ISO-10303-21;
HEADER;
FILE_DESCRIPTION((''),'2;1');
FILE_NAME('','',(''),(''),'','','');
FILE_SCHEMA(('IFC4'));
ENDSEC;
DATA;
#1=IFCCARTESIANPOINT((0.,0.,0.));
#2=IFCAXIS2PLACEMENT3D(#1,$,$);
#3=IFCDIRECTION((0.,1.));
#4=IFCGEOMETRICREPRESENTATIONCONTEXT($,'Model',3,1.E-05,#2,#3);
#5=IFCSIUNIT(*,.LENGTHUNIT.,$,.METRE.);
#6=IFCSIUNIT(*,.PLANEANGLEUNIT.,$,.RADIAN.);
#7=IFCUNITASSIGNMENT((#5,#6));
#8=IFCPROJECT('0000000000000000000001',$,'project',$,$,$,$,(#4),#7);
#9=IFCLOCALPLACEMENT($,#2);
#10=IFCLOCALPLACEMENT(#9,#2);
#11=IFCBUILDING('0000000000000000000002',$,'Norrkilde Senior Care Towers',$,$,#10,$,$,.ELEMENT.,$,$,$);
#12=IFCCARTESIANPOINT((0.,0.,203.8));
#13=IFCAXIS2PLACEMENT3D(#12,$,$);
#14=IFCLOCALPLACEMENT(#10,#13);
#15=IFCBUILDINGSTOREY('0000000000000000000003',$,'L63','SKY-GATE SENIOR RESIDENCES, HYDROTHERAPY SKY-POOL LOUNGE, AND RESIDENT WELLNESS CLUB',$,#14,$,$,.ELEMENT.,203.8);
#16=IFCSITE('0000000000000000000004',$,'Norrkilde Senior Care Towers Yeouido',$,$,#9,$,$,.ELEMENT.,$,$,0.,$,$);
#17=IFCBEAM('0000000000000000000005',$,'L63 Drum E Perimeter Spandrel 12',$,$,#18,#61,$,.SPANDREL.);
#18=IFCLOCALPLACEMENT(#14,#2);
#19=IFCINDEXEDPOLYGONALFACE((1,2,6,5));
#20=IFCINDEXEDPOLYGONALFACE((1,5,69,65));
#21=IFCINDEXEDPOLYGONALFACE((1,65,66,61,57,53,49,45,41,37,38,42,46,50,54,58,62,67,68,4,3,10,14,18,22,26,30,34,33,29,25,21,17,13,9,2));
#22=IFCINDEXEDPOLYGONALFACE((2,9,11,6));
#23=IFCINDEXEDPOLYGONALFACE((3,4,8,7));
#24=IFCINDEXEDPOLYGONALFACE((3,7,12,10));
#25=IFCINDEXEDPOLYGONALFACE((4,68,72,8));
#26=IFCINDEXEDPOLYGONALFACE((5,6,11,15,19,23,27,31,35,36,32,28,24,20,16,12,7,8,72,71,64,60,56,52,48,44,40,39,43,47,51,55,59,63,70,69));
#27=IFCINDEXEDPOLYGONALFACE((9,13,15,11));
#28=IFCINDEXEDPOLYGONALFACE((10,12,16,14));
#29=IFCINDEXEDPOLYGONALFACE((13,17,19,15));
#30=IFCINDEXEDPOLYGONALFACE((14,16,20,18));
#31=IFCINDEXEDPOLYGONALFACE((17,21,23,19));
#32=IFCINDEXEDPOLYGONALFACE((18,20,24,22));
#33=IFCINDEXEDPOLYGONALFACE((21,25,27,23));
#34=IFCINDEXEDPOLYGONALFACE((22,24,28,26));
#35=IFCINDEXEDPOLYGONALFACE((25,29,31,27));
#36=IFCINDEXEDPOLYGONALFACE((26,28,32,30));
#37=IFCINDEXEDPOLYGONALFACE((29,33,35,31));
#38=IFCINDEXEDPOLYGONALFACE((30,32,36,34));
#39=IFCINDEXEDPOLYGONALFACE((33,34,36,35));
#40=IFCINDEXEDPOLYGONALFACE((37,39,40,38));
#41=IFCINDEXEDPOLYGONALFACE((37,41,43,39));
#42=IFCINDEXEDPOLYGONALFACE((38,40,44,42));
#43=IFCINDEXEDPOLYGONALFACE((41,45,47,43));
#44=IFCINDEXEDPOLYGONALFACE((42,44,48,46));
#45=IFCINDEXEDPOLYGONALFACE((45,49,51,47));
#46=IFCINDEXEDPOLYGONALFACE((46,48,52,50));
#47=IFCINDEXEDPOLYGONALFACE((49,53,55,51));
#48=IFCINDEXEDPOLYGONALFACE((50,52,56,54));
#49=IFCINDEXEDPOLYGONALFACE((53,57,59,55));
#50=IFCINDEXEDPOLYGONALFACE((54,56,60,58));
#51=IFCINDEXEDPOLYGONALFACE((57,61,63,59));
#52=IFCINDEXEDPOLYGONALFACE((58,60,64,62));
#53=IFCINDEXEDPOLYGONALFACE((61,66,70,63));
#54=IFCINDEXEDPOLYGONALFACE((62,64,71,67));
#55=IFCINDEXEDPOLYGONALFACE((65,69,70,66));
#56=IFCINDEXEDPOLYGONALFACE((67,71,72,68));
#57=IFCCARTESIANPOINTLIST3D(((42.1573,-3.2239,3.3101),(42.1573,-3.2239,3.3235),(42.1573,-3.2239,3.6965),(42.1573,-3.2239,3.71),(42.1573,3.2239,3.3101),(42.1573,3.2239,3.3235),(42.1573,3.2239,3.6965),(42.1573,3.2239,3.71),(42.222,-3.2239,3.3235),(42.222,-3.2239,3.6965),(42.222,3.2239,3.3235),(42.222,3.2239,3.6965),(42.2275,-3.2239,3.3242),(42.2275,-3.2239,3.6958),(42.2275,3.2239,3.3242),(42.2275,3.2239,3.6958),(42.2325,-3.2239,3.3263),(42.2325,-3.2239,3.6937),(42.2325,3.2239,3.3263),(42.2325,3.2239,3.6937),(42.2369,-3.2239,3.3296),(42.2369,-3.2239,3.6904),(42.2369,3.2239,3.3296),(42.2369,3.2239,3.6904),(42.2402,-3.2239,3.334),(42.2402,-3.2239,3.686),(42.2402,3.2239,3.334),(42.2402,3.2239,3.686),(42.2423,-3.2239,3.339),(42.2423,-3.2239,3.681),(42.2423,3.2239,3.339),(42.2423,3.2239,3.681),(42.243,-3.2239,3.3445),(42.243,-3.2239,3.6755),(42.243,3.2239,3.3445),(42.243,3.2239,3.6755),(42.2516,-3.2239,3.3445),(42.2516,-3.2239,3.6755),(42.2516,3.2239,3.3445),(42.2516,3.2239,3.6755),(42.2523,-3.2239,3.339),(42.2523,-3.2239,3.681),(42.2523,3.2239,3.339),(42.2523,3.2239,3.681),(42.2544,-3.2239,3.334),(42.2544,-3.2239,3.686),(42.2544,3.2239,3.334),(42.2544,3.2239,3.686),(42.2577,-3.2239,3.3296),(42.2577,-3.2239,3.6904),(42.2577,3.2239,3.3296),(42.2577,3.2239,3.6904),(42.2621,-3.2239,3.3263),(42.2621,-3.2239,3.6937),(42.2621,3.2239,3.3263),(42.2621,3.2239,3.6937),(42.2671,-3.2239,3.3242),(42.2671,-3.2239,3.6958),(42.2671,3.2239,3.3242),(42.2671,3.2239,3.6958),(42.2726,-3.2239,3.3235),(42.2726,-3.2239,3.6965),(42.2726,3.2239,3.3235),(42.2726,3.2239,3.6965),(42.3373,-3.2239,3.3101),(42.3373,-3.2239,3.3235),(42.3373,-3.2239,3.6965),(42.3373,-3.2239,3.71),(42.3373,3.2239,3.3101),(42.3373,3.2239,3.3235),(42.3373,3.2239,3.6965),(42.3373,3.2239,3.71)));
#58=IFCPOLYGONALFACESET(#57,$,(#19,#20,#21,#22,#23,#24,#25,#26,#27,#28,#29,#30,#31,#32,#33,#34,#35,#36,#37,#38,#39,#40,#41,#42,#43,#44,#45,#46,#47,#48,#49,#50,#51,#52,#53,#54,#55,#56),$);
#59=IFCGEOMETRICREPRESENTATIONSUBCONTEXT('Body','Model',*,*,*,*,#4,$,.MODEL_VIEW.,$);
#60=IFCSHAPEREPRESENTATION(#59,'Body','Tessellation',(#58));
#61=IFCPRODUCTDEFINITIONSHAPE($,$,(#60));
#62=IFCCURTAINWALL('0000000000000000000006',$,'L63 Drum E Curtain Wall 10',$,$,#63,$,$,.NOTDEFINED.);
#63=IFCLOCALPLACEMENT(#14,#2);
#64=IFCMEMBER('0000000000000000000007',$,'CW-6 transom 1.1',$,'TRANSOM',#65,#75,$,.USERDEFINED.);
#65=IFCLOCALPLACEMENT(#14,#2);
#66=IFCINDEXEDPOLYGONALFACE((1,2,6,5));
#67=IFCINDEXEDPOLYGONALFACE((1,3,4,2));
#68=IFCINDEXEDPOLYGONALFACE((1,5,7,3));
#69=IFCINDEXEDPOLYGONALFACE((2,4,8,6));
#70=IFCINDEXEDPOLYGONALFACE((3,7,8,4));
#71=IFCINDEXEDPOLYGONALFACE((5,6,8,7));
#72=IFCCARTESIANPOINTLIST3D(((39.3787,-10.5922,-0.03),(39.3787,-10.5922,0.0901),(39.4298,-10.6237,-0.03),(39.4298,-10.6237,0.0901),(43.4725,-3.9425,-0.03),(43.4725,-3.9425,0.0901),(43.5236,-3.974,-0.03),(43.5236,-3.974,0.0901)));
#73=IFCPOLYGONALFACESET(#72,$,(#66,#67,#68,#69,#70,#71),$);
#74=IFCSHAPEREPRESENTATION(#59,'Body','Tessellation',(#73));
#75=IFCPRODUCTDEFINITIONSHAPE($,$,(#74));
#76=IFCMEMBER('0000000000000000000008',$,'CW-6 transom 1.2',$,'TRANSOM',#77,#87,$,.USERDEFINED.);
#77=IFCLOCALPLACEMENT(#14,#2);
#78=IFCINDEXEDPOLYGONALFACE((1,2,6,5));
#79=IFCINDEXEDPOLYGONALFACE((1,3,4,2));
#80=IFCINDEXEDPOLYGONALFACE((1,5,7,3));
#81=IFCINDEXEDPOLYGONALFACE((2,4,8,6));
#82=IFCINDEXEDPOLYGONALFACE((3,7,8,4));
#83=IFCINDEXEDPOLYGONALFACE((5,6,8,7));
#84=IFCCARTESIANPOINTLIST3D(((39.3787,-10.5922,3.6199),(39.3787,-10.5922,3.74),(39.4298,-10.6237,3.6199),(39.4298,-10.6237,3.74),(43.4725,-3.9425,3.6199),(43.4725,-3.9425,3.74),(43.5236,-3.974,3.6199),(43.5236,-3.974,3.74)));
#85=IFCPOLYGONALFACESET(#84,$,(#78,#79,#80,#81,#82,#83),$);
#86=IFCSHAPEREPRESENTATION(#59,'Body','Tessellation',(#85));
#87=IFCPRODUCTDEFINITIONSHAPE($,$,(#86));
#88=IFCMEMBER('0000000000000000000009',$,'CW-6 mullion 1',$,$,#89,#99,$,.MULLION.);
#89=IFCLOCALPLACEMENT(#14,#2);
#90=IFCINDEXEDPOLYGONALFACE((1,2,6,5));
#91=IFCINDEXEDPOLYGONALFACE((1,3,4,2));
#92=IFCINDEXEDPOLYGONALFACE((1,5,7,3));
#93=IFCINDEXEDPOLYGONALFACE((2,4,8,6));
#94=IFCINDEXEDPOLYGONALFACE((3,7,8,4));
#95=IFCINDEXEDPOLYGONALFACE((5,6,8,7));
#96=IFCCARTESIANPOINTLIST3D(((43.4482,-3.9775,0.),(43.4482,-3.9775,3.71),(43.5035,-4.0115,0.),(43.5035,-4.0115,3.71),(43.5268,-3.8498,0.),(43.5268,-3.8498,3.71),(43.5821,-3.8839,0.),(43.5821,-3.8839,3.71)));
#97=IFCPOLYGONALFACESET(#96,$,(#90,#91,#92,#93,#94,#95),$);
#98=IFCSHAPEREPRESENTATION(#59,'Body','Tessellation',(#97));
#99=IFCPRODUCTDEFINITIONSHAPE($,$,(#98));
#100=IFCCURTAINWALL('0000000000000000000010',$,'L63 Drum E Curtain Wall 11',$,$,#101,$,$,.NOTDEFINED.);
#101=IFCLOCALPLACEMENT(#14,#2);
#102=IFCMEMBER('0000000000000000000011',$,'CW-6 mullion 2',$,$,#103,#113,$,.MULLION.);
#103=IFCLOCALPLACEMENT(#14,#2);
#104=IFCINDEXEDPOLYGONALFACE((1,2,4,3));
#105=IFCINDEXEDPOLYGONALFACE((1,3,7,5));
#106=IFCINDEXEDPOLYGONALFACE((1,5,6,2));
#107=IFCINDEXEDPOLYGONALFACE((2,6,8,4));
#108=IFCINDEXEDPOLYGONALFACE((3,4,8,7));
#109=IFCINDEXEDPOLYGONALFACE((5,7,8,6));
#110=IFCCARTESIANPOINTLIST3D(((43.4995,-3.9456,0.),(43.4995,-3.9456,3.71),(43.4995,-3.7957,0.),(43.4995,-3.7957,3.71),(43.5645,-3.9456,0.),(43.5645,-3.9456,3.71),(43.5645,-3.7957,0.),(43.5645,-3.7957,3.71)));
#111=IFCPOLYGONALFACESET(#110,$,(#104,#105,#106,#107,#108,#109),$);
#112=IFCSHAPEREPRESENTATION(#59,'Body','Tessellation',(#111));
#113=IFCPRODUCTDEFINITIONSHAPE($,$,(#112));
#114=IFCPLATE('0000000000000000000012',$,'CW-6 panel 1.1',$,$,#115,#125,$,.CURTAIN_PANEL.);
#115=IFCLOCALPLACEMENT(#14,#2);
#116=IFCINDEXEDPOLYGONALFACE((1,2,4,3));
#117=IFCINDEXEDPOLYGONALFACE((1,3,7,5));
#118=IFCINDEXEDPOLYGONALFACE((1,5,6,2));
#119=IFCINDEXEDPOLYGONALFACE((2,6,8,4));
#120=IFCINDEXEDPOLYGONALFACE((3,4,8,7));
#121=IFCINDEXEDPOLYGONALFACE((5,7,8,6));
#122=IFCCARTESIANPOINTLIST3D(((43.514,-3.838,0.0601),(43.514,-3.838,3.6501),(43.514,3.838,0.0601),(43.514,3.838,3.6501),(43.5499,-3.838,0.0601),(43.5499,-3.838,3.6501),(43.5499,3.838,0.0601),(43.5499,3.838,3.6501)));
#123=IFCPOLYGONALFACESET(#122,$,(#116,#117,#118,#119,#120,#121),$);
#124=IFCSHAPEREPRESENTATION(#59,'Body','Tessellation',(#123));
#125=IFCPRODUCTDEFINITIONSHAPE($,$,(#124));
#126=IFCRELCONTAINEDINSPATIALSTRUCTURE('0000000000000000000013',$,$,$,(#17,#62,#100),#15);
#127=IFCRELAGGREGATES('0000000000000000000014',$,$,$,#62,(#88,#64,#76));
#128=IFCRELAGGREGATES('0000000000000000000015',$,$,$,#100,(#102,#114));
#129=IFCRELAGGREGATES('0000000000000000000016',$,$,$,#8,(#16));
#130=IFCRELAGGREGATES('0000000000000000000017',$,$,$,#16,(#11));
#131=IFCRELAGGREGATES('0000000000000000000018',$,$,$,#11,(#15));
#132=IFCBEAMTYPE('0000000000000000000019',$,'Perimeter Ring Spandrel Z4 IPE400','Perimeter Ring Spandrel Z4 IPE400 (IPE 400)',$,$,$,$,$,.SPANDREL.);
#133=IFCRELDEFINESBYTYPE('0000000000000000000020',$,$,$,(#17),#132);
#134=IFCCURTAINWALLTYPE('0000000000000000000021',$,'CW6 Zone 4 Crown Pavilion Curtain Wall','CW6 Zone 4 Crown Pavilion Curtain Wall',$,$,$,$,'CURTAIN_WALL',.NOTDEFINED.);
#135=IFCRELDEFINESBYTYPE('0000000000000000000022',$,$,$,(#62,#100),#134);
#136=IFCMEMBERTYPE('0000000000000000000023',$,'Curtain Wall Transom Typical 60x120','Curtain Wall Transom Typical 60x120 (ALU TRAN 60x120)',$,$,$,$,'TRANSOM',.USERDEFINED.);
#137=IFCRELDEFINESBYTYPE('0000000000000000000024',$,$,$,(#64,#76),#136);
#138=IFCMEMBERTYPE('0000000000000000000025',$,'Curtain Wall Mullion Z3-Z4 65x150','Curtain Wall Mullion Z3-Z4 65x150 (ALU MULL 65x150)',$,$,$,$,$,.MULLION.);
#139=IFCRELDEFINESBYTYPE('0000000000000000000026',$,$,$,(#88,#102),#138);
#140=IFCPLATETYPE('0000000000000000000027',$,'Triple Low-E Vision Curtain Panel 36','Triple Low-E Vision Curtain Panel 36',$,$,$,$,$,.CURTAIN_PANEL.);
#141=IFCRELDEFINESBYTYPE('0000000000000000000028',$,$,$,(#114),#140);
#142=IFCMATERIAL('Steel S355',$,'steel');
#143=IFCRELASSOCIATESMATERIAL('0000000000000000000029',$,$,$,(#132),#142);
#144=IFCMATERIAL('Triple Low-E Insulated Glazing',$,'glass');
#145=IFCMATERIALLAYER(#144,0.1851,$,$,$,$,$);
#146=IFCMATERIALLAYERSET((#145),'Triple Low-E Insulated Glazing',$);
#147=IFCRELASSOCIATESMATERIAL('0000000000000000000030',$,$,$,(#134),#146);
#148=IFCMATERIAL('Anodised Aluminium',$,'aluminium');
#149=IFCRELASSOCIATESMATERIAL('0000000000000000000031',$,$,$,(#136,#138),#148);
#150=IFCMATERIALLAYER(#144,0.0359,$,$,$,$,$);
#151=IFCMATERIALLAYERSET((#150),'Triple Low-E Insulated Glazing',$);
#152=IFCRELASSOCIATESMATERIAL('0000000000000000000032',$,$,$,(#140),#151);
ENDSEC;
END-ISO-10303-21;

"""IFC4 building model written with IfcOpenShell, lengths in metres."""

from ifc_helpers import new_model, si_unit, direction, frame, origin, origin_2d, place, context, subcontext, project, spatial, rectangle, i_section, extrude, source, transform, mapped, material, layer, layer_set, material_profile, profile_set, type_object, type_shapes, element, aggregate, save


model = new_model("IFC4")

# Units and contexts
model_context = context("Model", 3, precision=1e-05, world=origin(), true_north=direction((0.0, 1.0)))
body_context = subcontext(model_context, "Body", "Model", "MODEL_VIEW")
ifc_project = project(units=[si_unit("LENGTHUNIT", "METRE"), si_unit("PLANEANGLEUNIT", "RADIAN")], contexts=[model_context])

# Site, building, storey
site_placement = place(None, origin())
site = spatial("IfcSite", under=ifc_project, at=site_placement, Name="Norrkilde Senior Care Towers Yeouido", CompositionType="ELEMENT", RefElevation=0.0)
building_placement = place(site_placement, origin())
building = spatial("IfcBuilding", under=site, at=building_placement, Name="Norrkilde Senior Care Towers", CompositionType="ELEMENT")
storey_placement = place(building_placement, frame((0.0, 0.0, 203.8)))
storey = spatial("IfcBuildingStorey", under=building, at=storey_placement, Name="L63", Description="SKY-GATE SENIOR RESIDENCES, HYDROTHERAPY SKY-POOL LOUNGE, AND RESIDENT WELLNESS CLUB", CompositionType="ELEMENT", Elevation=203.8)

# Beam
ifc_material_1 = material(Name="Steel S355", Category="steel")
ifc_material_profile_1 = material_profile(ifc_material_1, i_section(OverallWidth=0.1799, OverallDepth=0.3999, WebThickness=0.0085, FlangeThickness=0.0134, FilletRadius=0.021, at=origin_2d()), Name="IPE 400")
ifc_profile_set_1 = profile_set([ifc_material_profile_1], Name="Steel S355")
beam_type_1 = type_object("IfcBeamType", Name="Perimeter Ring Spandrel Z4 IPE400", Description="Perimeter Ring Spandrel Z4 IPE400 (IPE 400)", PredefinedType="SPANDREL", material=ifc_profile_set_1)
shared_shape_1 = source(origin(), body_context, "Body", "SweptSolid", [
    extrude(i_section(OverallWidth=0.1799, OverallDepth=0.3999, WebThickness=0.0085, FlangeThickness=0.0134, FilletRadius=0.021, at=origin_2d()), origin(), (0.0, 0.0, 1.0), 6.4478),
])
type_shapes(beam_type_1, [shared_shape_1])
beam_1_placement = place(storey_placement, frame((42.2473, -3.2239, 3.51), z_axis=(0.0, 1.0, 0.0), x_axis=(-1.0, 0.0, 0.0)))
element("IfcBeam", 1, at=beam_1_placement, inside=storey, type_object=beam_type_1, Name="L63 Drum E Perimeter Spandrel 12", PredefinedType="SPANDREL", context=body_context, shape_type="MappedRepresentation", body=[
    mapped(shared_shape_1, transform((0.0, 0.0, 0.0), x_axis=(1.0, 0.0, 0.0), y_axis=(0.0, 1.0, 0.0), z_axis=(0.0, 0.0, 1.0), scale=1.0)),
])

# Curtain wall, members
ifc_material_2 = material(Name="Triple Low-E Insulated Glazing", Category="glass")
ifc_layer_1 = layer(ifc_material_2, 0.1851)
ifc_layer_set_1 = layer_set([ifc_layer_1], Name="Triple Low-E Insulated Glazing")
curtain_wall_type = type_object("IfcCurtainWallType", Name="CW6 Zone 4 Crown Pavilion Curtain Wall", Description="CW6 Zone 4 Crown Pavilion Curtain Wall", ElementType="CURTAIN_WALL", PredefinedType="NOTDEFINED", material=ifc_layer_set_1)
curtain_wall_1_placement = place(storey_placement, origin())
curtain_wall_1 = element("IfcCurtainWall", 2, at=curtain_wall_1_placement, inside=storey, type_object=curtain_wall_type, Name="L63 Drum E Curtain Wall 10", PredefinedType="NOTDEFINED")
ifc_material_3 = material(Name="Anodised Aluminium", Category="aluminium")
ifc_material_profile_2 = material_profile(ifc_material_3, rectangle(XDim=0.0601, YDim=0.1201, at=origin_2d()), Name="ALU TRAN 60x120")
ifc_profile_set_2 = profile_set([ifc_material_profile_2], Name="Anodised Aluminium")
member_type_1 = type_object("IfcMemberType", Name="Curtain Wall Transom Typical 60x120", Description="Curtain Wall Transom Typical 60x120 (ALU TRAN 60x120)", ElementType="TRANSOM", PredefinedType="USERDEFINED", material=ifc_profile_set_2)
shared_shape_2 = source(origin(), body_context, "Body", "SweptSolid", [
    extrude(rectangle(XDim=0.0601, YDim=0.1201, at=origin_2d()), origin(), (0.0, 0.0, 1.0), 7.8088),
])
type_shapes(member_type_1, [shared_shape_2])
member_1_placement = place(storey_placement, frame((43.498, -3.9583, 0.03), z_axis=(-0.524251, -0.851564, 0.0), x_axis=(0.851564, -0.524251, 0.0)))
member_1 = element("IfcMember", 3, at=member_1_placement, type_object=member_type_1, Name="CW-6 transom 1.1", ObjectType="TRANSOM", PredefinedType="USERDEFINED", context=body_context, shape_type="MappedRepresentation", body=[
    mapped(shared_shape_2, transform((0.0, 0.0, 0.0), x_axis=(1.0, 0.0, 0.0), y_axis=(0.0, 1.0, 0.0), z_axis=(0.0, 0.0, 1.0), scale=1.0)),
])
member_2_placement = place(storey_placement, frame((43.498, -3.9583, 3.6799), z_axis=(-0.524251, -0.851564, 0.0), x_axis=(0.851564, -0.524251, 0.0)))
member_2 = element("IfcMember", 4, at=member_2_placement, type_object=member_type_1, Name="CW-6 transom 1.2", ObjectType="TRANSOM", PredefinedType="USERDEFINED", context=body_context, shape_type="MappedRepresentation", body=[
    mapped(shared_shape_2, transform((0.0, 0.0, 0.0), x_axis=(1.0, 0.0, 0.0), y_axis=(0.0, 1.0, 0.0), z_axis=(0.0, 0.0, 1.0), scale=1.0)),
])
ifc_material_profile_3 = material_profile(ifc_material_3, rectangle(XDim=0.0649, YDim=0.1499, at=origin_2d()), Name="ALU MULL 65x150")
ifc_profile_set_3 = profile_set([ifc_material_profile_3], Name="Anodised Aluminium")
member_type_2 = type_object("IfcMemberType", Name="Curtain Wall Mullion Z3-Z4 65x150", Description="Curtain Wall Mullion Z3-Z4 65x150 (ALU MULL 65x150)", PredefinedType="MULLION", material=ifc_profile_set_3)
shared_shape_3 = source(origin(), body_context, "Body", "SweptSolid", [
    extrude(rectangle(XDim=0.0649, YDim=0.1499, at=origin_2d()), origin(), (0.0, 0.0, 1.0), 3.71),
])
type_shapes(member_type_2, [shared_shape_3])
member_3_placement = place(storey_placement, frame((43.5151, -3.9307, 0.0), z_axis=(0.0, 0.0, 1.0), x_axis=(0.851563, -0.524253, 0.0)))
member_3 = element("IfcMember", 5, at=member_3_placement, type_object=member_type_2, Name="CW-6 mullion 1", PredefinedType="MULLION", context=body_context, shape_type="MappedRepresentation", body=[
    mapped(shared_shape_3, transform((0.0, 0.0, 0.0), x_axis=(1.0, 0.0, 0.0), y_axis=(0.0, 1.0, 0.0), z_axis=(0.0, 0.0, 1.0), scale=1.0)),
])
aggregate(curtain_wall_1, [member_3, member_1, member_2])

# Curtain wall, member, plate
curtain_wall_2_placement = place(storey_placement, origin())
curtain_wall_2 = element("IfcCurtainWall", 6, at=curtain_wall_2_placement, inside=storey, type_object=curtain_wall_type, Name="L63 Drum E Curtain Wall 11", PredefinedType="NOTDEFINED")
member_4_placement = place(storey_placement, frame((43.532, -3.8706, 0.0), z_axis=(0.0, 0.0, 1.0), x_axis=(1.0, 0.0, 0.0)))
member_4 = element("IfcMember", 7, at=member_4_placement, type_object=member_type_2, Name="CW-6 mullion 2", PredefinedType="MULLION", context=body_context, shape_type="MappedRepresentation", body=[
    mapped(shared_shape_3, transform((0.0, 0.0, 0.0), x_axis=(1.0, 0.0, 0.0), y_axis=(0.0, 1.0, 0.0), z_axis=(0.0, 0.0, 1.0), scale=1.0)),
])
ifc_layer_2 = layer(ifc_material_2, 0.0359)
ifc_layer_set_2 = layer_set([ifc_layer_2], Name="Triple Low-E Insulated Glazing")
plate_type = type_object("IfcPlateType", Name="Triple Low-E Vision Curtain Panel 36", Description="Triple Low-E Vision Curtain Panel 36", PredefinedType="CURTAIN_PANEL", material=ifc_layer_set_2)
shared_shape_4 = source(origin(), body_context, "Body", "SweptSolid", [
    extrude(rectangle(XDim=7.676, YDim=0.0359, at=origin_2d()), origin(), (0.0, 0.0, 1.0), 3.5901),
])
type_shapes(plate_type, [shared_shape_4])
plate_placement = place(storey_placement, frame((43.532, 0.0, 0.0601), z_axis=(0.0, 0.0, 1.0), x_axis=(0.0, -1.0, 0.0)))
plate = element("IfcPlate", 8, at=plate_placement, type_object=plate_type, Name="CW-6 panel 1.1", PredefinedType="CURTAIN_PANEL", context=body_context, shape_type="MappedRepresentation", body=[
    mapped(shared_shape_4, transform((0.0, 0.0, 0.0), x_axis=(1.0, 0.0, 0.0), y_axis=(0.0, 1.0, 0.0), z_axis=(0.0, 0.0, 1.0), scale=1.0)),
])
aggregate(curtain_wall_2, [member_4, plate])

save(model, "model.ifc")
